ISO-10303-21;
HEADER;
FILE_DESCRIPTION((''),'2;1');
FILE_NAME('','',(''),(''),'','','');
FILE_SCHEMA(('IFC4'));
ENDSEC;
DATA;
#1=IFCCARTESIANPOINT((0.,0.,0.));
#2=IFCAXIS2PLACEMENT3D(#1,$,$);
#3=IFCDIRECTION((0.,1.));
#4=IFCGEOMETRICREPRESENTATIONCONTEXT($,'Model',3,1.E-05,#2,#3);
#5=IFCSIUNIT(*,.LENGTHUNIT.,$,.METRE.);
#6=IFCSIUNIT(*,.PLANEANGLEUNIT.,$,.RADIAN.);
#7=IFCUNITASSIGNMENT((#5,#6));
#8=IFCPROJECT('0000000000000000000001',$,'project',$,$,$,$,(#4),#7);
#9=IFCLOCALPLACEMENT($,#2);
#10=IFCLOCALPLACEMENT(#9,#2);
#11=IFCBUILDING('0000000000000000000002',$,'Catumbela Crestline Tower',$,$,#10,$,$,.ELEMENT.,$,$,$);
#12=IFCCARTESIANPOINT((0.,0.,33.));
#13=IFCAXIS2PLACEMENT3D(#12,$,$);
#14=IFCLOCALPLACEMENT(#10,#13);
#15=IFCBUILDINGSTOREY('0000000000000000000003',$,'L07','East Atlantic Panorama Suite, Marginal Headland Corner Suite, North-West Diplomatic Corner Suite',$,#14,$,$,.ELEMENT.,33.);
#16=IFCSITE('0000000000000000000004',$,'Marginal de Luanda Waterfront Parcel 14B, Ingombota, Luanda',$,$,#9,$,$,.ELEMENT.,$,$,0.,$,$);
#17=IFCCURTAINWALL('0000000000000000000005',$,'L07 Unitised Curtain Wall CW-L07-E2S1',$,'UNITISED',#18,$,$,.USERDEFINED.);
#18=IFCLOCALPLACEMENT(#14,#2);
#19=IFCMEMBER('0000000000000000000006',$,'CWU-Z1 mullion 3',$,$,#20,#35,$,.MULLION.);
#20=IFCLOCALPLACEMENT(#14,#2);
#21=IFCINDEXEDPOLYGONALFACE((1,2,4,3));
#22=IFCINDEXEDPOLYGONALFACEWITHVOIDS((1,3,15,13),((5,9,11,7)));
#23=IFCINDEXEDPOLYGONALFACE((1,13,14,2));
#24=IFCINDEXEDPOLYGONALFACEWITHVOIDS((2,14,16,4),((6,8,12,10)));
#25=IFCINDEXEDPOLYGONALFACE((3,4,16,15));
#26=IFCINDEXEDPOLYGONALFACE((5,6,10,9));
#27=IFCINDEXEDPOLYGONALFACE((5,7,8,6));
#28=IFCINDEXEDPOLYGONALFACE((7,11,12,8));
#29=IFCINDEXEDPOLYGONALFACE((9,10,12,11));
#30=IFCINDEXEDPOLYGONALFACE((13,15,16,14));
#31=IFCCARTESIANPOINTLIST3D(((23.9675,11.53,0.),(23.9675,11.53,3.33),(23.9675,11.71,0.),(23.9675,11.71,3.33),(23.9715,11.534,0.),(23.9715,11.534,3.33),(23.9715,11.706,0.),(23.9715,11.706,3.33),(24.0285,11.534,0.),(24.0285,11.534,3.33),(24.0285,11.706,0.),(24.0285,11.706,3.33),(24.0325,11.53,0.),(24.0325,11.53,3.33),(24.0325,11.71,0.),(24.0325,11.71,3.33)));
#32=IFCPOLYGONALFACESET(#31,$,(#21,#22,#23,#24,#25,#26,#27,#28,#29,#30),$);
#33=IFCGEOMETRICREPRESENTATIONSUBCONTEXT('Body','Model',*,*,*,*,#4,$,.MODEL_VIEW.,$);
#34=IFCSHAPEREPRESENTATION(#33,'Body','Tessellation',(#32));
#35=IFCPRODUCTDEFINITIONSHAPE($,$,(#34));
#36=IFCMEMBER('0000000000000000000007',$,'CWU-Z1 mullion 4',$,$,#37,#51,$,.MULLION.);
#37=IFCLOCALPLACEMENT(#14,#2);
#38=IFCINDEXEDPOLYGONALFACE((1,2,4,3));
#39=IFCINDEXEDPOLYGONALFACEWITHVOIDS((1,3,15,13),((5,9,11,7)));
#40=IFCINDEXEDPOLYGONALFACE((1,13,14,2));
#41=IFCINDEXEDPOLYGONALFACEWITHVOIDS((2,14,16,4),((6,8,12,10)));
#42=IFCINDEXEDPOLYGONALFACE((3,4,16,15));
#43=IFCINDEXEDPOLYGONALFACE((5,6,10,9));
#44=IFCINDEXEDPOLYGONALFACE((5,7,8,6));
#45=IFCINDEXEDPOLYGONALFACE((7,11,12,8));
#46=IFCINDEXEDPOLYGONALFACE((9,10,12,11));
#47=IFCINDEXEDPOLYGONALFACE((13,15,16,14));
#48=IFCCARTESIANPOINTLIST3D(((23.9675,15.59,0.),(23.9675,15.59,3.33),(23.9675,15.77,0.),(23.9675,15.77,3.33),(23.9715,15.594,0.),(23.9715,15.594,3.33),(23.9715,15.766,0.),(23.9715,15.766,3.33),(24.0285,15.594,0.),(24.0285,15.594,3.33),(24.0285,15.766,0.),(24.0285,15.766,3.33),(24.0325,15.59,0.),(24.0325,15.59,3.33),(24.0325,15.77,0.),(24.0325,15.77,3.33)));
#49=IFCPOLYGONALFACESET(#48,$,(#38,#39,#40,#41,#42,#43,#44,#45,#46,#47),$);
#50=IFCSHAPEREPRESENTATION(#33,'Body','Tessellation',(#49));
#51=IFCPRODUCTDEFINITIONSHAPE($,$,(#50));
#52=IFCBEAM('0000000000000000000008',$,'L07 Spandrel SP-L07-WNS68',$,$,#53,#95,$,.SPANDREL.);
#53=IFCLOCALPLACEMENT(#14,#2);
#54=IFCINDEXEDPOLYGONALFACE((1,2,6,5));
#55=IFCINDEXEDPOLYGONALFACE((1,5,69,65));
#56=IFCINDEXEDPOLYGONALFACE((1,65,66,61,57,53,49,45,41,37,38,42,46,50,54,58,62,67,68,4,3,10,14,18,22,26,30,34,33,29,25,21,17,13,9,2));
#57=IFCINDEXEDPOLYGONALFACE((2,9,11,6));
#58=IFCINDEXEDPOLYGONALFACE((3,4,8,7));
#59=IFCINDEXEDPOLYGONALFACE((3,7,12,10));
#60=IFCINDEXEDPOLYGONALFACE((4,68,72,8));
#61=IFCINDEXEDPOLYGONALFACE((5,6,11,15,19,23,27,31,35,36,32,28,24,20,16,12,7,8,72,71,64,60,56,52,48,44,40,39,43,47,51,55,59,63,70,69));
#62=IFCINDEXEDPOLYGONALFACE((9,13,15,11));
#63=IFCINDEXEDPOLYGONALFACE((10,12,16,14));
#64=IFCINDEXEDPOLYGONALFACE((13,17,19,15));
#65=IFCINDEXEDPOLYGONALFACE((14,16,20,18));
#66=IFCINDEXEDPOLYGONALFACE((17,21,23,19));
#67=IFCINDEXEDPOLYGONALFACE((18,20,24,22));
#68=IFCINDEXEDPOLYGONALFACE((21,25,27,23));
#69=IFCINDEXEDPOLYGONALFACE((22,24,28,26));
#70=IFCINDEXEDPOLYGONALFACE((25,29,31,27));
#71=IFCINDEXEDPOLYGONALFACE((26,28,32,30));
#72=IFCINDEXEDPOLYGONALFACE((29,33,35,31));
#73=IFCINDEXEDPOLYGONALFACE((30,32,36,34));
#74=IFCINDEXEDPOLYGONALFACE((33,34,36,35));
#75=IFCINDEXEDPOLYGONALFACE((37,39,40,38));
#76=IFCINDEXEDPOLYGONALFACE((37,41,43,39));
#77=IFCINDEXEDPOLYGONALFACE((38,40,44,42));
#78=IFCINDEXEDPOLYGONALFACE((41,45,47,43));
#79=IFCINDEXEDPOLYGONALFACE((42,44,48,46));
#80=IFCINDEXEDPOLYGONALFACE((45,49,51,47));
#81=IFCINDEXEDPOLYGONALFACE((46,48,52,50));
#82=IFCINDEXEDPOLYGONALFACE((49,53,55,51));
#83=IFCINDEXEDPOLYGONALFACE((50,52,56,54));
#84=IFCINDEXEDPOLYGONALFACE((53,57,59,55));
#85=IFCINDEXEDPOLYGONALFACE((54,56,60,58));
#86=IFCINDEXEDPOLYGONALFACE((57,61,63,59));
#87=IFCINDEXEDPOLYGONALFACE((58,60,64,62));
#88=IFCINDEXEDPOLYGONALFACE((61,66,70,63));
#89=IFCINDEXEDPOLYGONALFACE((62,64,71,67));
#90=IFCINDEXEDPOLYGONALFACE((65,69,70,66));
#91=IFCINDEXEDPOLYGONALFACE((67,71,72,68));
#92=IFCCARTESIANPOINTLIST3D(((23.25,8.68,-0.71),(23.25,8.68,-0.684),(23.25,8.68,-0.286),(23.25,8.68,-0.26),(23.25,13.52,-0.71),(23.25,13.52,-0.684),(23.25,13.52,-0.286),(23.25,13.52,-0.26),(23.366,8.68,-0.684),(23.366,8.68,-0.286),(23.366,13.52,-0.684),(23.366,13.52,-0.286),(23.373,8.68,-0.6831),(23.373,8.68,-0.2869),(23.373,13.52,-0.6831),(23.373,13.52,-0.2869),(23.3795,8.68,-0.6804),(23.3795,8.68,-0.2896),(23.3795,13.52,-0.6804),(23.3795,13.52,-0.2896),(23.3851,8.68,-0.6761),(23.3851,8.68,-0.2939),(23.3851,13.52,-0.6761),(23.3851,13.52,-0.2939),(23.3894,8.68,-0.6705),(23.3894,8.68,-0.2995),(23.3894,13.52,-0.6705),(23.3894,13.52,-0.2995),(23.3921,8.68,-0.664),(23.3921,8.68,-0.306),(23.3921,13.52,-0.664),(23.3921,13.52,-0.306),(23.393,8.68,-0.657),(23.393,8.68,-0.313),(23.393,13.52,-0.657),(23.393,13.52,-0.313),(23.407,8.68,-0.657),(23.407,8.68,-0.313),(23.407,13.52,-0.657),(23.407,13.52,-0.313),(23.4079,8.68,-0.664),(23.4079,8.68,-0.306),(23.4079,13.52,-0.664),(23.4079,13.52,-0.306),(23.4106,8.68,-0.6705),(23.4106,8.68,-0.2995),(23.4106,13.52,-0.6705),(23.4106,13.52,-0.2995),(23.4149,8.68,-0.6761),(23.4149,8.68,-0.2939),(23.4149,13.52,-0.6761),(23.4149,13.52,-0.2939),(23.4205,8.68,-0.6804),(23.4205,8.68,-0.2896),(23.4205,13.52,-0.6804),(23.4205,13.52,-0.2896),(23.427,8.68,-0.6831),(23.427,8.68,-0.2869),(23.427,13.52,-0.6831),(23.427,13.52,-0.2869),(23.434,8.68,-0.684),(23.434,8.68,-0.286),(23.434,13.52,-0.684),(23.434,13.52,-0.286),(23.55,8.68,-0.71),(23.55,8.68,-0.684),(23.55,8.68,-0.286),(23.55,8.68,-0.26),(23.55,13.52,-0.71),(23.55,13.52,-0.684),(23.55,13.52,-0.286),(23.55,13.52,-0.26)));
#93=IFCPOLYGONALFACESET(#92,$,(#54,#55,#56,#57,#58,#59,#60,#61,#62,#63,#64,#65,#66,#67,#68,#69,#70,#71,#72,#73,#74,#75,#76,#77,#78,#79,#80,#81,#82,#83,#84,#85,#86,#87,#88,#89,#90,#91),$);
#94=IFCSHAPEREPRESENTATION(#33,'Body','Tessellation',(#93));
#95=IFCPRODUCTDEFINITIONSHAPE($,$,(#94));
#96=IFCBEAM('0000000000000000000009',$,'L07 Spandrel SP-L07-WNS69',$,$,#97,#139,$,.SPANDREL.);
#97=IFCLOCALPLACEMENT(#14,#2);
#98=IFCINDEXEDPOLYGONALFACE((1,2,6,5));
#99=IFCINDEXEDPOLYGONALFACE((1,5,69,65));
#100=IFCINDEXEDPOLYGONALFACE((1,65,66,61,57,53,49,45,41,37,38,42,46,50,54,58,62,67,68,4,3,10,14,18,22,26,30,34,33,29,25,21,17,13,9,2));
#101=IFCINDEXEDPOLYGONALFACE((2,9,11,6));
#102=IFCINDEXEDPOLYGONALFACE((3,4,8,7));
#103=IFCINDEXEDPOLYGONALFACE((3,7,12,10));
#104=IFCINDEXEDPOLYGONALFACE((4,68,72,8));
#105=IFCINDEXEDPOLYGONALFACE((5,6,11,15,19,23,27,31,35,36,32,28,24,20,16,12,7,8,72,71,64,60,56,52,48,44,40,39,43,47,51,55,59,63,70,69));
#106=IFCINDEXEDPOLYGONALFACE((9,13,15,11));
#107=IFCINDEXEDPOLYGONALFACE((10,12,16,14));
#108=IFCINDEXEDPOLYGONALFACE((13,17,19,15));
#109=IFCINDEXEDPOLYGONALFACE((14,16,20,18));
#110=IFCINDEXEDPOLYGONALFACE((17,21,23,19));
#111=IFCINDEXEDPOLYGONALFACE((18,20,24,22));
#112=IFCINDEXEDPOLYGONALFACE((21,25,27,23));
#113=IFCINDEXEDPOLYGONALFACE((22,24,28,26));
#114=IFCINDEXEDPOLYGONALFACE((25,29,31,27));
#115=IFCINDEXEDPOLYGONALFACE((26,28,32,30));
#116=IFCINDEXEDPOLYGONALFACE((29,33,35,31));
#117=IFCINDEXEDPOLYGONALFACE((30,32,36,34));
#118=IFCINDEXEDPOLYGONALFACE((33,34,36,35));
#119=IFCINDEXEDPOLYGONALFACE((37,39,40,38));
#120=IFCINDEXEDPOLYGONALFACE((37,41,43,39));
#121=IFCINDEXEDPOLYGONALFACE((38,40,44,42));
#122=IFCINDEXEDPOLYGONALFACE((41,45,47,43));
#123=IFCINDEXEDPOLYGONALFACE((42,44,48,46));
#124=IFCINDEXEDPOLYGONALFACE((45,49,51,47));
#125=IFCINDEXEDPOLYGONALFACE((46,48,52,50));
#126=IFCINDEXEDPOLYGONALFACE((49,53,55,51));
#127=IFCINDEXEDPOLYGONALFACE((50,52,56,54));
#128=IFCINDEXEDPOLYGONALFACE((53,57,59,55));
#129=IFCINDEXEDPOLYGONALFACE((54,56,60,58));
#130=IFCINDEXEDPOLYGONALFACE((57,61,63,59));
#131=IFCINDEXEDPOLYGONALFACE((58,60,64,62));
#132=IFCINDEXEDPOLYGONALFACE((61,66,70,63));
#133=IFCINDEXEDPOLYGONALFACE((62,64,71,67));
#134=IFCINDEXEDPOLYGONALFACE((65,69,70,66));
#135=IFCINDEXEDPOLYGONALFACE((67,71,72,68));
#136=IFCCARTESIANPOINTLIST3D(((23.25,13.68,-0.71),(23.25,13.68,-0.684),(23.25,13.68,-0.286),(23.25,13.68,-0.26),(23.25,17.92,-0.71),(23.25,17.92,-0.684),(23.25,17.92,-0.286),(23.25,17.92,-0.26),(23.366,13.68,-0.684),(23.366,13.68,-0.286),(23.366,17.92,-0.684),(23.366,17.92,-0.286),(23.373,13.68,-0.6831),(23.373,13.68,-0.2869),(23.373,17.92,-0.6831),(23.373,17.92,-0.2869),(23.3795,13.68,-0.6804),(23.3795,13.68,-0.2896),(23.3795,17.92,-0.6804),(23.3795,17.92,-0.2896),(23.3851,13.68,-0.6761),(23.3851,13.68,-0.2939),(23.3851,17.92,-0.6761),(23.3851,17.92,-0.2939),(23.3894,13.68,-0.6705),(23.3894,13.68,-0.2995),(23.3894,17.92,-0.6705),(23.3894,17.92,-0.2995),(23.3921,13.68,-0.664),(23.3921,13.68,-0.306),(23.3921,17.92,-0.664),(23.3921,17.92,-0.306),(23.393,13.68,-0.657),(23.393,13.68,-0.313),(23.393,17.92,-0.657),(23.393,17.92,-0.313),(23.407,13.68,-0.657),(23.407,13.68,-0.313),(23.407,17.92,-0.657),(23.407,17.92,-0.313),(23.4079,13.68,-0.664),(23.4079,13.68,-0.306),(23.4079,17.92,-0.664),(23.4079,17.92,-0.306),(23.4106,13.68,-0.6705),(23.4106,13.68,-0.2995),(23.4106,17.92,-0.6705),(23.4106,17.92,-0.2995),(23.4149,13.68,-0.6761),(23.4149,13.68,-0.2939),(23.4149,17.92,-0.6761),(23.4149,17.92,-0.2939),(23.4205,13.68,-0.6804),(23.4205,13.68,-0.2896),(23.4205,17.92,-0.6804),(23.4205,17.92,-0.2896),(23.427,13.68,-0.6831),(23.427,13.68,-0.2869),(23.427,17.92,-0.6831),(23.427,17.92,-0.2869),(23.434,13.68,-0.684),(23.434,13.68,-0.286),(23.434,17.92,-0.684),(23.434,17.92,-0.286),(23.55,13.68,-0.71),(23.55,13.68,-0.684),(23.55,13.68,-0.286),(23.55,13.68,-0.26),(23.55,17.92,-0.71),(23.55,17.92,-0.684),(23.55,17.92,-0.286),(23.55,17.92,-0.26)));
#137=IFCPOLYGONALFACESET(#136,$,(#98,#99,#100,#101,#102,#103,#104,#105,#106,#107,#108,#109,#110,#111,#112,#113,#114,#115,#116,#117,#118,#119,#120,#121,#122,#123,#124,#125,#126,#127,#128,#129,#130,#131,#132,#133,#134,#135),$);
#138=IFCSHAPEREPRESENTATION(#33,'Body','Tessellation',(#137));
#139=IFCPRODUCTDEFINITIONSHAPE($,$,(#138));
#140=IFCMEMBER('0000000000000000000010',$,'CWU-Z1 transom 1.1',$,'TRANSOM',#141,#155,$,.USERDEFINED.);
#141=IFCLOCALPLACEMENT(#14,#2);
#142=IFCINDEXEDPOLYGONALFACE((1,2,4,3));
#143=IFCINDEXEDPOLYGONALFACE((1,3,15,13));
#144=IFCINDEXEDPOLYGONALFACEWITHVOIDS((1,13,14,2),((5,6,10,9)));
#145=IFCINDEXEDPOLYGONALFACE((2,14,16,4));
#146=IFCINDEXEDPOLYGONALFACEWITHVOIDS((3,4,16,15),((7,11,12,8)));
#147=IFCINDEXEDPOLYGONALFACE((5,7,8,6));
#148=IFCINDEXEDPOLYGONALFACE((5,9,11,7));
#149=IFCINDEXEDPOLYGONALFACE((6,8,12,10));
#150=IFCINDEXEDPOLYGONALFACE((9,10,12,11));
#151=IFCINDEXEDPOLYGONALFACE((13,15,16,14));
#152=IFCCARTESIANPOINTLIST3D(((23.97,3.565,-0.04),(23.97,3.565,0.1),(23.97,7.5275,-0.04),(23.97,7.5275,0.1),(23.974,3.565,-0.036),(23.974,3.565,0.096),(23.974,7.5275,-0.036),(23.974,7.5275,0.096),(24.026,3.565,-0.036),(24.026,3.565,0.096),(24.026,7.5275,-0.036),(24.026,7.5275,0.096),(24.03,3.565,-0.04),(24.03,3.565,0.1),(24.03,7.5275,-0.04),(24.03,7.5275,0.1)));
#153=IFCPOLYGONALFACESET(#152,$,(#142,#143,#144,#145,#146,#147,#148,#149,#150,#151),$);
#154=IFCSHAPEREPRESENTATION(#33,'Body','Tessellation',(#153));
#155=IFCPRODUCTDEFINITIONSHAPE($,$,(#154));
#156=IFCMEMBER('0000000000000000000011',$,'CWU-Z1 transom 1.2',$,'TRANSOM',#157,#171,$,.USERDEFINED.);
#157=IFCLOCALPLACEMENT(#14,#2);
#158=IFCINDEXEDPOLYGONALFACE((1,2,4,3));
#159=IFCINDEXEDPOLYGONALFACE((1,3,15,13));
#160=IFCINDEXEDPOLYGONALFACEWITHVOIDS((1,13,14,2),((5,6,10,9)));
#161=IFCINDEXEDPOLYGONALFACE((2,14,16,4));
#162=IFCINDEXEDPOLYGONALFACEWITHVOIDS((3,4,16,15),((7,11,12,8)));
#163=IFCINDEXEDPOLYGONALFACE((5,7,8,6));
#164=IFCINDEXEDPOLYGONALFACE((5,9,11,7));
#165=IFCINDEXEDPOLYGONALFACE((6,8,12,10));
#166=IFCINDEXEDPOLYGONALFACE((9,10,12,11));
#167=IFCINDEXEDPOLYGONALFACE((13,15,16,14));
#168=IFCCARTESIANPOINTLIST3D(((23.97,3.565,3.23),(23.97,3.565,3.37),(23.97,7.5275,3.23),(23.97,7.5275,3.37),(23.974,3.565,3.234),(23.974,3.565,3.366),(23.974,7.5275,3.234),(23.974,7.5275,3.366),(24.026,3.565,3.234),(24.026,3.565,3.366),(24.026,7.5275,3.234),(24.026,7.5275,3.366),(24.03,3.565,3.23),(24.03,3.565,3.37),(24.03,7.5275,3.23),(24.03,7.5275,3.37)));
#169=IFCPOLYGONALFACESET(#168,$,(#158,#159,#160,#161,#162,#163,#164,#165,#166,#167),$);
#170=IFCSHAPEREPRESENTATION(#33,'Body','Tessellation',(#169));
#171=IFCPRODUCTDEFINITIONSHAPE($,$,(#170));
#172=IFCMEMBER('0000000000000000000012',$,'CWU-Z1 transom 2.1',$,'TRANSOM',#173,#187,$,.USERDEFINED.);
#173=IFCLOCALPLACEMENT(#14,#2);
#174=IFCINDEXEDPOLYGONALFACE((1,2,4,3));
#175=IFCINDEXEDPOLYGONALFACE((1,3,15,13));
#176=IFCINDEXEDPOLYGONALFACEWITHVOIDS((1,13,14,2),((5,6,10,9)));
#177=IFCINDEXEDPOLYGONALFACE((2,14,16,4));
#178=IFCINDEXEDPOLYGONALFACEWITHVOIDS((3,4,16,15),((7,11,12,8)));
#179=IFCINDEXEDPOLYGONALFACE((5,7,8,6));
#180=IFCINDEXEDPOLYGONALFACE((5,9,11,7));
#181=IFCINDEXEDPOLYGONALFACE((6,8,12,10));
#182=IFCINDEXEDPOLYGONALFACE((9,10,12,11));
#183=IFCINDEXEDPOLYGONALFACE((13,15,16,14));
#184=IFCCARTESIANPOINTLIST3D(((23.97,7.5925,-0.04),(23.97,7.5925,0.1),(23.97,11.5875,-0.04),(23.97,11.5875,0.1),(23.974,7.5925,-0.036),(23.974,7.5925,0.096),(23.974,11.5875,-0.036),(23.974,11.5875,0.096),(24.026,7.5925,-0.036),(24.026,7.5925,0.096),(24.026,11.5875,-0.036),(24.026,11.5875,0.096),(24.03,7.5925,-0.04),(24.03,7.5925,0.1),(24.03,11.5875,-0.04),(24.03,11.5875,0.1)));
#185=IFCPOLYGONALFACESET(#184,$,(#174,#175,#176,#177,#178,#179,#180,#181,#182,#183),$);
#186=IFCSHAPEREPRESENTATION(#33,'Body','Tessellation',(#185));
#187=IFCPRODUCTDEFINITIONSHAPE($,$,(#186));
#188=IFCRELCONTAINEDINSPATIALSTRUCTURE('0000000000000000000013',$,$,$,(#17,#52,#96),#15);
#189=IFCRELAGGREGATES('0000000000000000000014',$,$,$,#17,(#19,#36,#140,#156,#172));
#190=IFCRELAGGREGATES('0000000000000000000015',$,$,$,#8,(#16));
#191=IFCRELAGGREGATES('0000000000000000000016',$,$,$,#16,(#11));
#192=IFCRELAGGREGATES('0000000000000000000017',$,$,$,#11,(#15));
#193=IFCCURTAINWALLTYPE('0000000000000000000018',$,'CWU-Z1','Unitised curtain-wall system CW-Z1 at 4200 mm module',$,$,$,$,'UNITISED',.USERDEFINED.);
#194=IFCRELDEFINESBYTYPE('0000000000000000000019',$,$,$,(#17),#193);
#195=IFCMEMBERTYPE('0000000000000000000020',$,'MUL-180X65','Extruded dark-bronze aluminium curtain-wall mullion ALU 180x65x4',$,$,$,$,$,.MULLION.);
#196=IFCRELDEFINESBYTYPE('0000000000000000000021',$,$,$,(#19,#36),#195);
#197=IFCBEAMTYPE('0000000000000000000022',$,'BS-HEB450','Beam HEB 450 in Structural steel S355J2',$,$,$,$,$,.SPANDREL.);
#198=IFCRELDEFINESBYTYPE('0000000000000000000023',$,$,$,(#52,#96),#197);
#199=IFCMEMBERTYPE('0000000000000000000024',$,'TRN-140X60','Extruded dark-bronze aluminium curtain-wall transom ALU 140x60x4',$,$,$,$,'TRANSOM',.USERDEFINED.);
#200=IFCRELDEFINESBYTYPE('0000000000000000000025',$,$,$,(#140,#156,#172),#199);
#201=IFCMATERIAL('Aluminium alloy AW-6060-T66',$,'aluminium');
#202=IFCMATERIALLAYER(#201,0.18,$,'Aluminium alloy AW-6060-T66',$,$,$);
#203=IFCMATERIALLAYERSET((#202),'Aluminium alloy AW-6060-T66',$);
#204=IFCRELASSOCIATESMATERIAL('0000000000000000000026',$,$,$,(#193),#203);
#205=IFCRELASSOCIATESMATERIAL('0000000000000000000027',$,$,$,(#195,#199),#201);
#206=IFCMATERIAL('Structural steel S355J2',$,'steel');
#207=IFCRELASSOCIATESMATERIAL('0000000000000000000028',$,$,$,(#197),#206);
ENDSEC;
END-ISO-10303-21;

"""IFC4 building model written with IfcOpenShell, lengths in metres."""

from ifc_helpers import new_model, si_unit, direction, frame, origin, origin_2d, place, context, subcontext, project, spatial, hollow_rectangle, i_section, extrude, material, layer, layer_set, material_profile, profile_set, type_object, element, aggregate, save


model = new_model("IFC4")

# Units and contexts
model_context = context("Model", 3, precision=1e-05, world=origin(), true_north=direction((0.0, 1.0)))
body_context = subcontext(model_context, "Body", "Model", "MODEL_VIEW")
ifc_project = project(units=[si_unit("LENGTHUNIT", "METRE"), si_unit("PLANEANGLEUNIT", "RADIAN")], contexts=[model_context])

# Site, building, storey
site_placement = place(None, origin())
site = spatial("IfcSite", under=ifc_project, at=site_placement, Name="Marginal de Luanda Waterfront Parcel 14B, Ingombota, Luanda", CompositionType="ELEMENT", RefElevation=0.0)
building_placement = place(site_placement, origin())
building = spatial("IfcBuilding", under=site, at=building_placement, Name="Catumbela Crestline Tower", CompositionType="ELEMENT")
storey_placement = place(building_placement, frame((0.0, 0.0, 33.0)))
storey = spatial("IfcBuildingStorey", under=building, at=storey_placement, Name="L07", Description="East Atlantic Panorama Suite, Marginal Headland Corner Suite, North-West Diplomatic Corner Suite", CompositionType="ELEMENT", Elevation=33.0)

# Shared definitions
ifc_material_1 = material(Name="Structural steel S355J2", Category="steel")

# Shared definitions
ifc_material_2 = material(Name="Aluminium alloy AW-6060-T66", Category="aluminium")
ifc_layer_1 = layer(ifc_material_2, 0.18, Name="Aluminium alloy AW-6060-T66")
ifc_layer_set_1 = layer_set([ifc_layer_1], Name="Aluminium alloy AW-6060-T66")
curtain_wall_type = type_object("IfcCurtainWallType", Name="CWU-Z1", Description="Unitised curtain-wall system CW-Z1 at 4200 mm module", ElementType="UNITISED", PredefinedType="USERDEFINED", material=ifc_layer_set_1)
ifc_material_profile_1 = material_profile(ifc_material_2, hollow_rectangle(XDim=0.065, YDim=0.18, WallThickness=0.004, at=origin_2d()), Name="ALU 180x65x4")
ifc_profile_set_1 = profile_set([ifc_material_profile_1], Name="Aluminium alloy AW-6060-T66")
member_type_1 = type_object("IfcMemberType", Name="MUL-180X65", Description="Extruded dark-bronze aluminium curtain-wall mullion ALU 180x65x4", PredefinedType="MULLION", material=ifc_profile_set_1)

# Curtain wall, members
curtain_wall_1_placement = place(storey_placement, origin())
curtain_wall_1 = element("IfcCurtainWall", 1, at=curtain_wall_1_placement, inside=storey, type_object=curtain_wall_type, Name="L07 Unitised Curtain Wall CW-L07-E2S1", ObjectType="UNITISED", PredefinedType="USERDEFINED")
member_1_placement = place(storey_placement, frame((24.0, 11.62, 0.0), z_axis=(0.0, 0.0, 1.0), x_axis=(-1.0, 0.0, 0.0)))
member_1 = element("IfcMember", 2, at=member_1_placement, type_object=member_type_1, Name="CWU-Z1 mullion 3", PredefinedType="MULLION", context=body_context, shape_type="SweptSolid", body=[
    extrude(hollow_rectangle(XDim=0.065, YDim=0.18, WallThickness=0.004, at=origin_2d()), origin(), (0.0, 0.0, 1.0), 3.33),
])
member_2_placement = place(storey_placement, frame((24.0, 15.68, 0.0), z_axis=(0.0, 0.0, 1.0), x_axis=(-1.0, 0.0, 0.0)))
member_2 = element("IfcMember", 3, at=member_2_placement, type_object=member_type_1, Name="CWU-Z1 mullion 4", PredefinedType="MULLION", context=body_context, shape_type="SweptSolid", body=[
    extrude(hollow_rectangle(XDim=0.065, YDim=0.18, WallThickness=0.004, at=origin_2d()), origin(), (0.0, 0.0, 1.0), 3.33),
])

# Beams
ifc_material_profile_2 = material_profile(ifc_material_1, i_section(OverallWidth=0.3, OverallDepth=0.45, WebThickness=0.014, FlangeThickness=0.026, FilletRadius=0.027, at=origin_2d()), Name="HEB 450")
ifc_profile_set_2 = profile_set([ifc_material_profile_2], Name="Structural steel S355J2")
beam_type_1 = type_object("IfcBeamType", Name="BS-HEB450", Description="Beam HEB 450 in Structural steel S355J2", PredefinedType="SPANDREL", material=ifc_profile_set_2)
beam_1_placement = place(storey_placement, frame((23.4, 8.68, -0.485), z_axis=(0.0, 1.0, 0.0), x_axis=(-1.0, 0.0, 0.0)))
element("IfcBeam", 4, at=beam_1_placement, inside=storey, type_object=beam_type_1, Name="L07 Spandrel SP-L07-WNS68", PredefinedType="SPANDREL", context=body_context, shape_type="SweptSolid", body=[
    extrude(i_section(OverallWidth=0.3, OverallDepth=0.45, WebThickness=0.014, FlangeThickness=0.026, FilletRadius=0.027, at=origin_2d()), origin(), (0.0, 0.0, 1.0), 4.84),
])
beam_2_placement = place(storey_placement, frame((23.4, 13.68, -0.485), z_axis=(0.0, 1.0, 0.0), x_axis=(-1.0, 0.0, 0.0)))
element("IfcBeam", 5, at=beam_2_placement, inside=storey, type_object=beam_type_1, Name="L07 Spandrel SP-L07-WNS69", PredefinedType="SPANDREL", context=body_context, shape_type="SweptSolid", body=[
    extrude(i_section(OverallWidth=0.3, OverallDepth=0.45, WebThickness=0.014, FlangeThickness=0.026, FilletRadius=0.027, at=origin_2d()), origin(), (0.0, 0.0, 1.0), 4.24),
])

# Members
ifc_material_profile_3 = material_profile(ifc_material_2, hollow_rectangle(XDim=0.06, YDim=0.14, WallThickness=0.004, at=origin_2d()), Name="ALU 140x60x4")
ifc_profile_set_3 = profile_set([ifc_material_profile_3], Name="Aluminium alloy AW-6060-T66")
member_type_2 = type_object("IfcMemberType", Name="TRN-140X60", Description="Extruded dark-bronze aluminium curtain-wall transom ALU 140x60x4", ElementType="TRANSOM", PredefinedType="USERDEFINED", material=ifc_profile_set_3)
member_3_placement = place(storey_placement, frame((24.0, 3.565, 0.03), z_axis=(0.0, 1.0, 0.0), x_axis=(-1.0, 0.0, 0.0)))
member_3 = element("IfcMember", 6, at=member_3_placement, type_object=member_type_2, Name="CWU-Z1 transom 1.1", ObjectType="TRANSOM", PredefinedType="USERDEFINED", context=body_context, shape_type="SweptSolid", body=[
    extrude(hollow_rectangle(XDim=0.06, YDim=0.14, WallThickness=0.004, at=origin_2d()), origin(), (0.0, 0.0, 1.0), 3.9625),
])
member_4_placement = place(storey_placement, frame((24.0, 3.565, 3.3), z_axis=(0.0, 1.0, 0.0), x_axis=(-1.0, 0.0, 0.0)))
member_4 = element("IfcMember", 7, at=member_4_placement, type_object=member_type_2, Name="CWU-Z1 transom 1.2", ObjectType="TRANSOM", PredefinedType="USERDEFINED", context=body_context, shape_type="SweptSolid", body=[
    extrude(hollow_rectangle(XDim=0.06, YDim=0.14, WallThickness=0.004, at=origin_2d()), origin(), (0.0, 0.0, 1.0), 3.9625),
])
member_5_placement = place(storey_placement, frame((24.0, 7.5925, 0.03), z_axis=(0.0, 1.0, 0.0), x_axis=(-1.0, 0.0, 0.0)))
member_5 = element("IfcMember", 8, at=member_5_placement, type_object=member_type_2, Name="CWU-Z1 transom 2.1", ObjectType="TRANSOM", PredefinedType="USERDEFINED", context=body_context, shape_type="SweptSolid", body=[
    extrude(hollow_rectangle(XDim=0.06, YDim=0.14, WallThickness=0.004, at=origin_2d()), origin(), (0.0, 0.0, 1.0), 3.995),
])

aggregate(curtain_wall_1, [member_1, member_2, member_3, member_4, member_5])

save(model, "model.ifc")
